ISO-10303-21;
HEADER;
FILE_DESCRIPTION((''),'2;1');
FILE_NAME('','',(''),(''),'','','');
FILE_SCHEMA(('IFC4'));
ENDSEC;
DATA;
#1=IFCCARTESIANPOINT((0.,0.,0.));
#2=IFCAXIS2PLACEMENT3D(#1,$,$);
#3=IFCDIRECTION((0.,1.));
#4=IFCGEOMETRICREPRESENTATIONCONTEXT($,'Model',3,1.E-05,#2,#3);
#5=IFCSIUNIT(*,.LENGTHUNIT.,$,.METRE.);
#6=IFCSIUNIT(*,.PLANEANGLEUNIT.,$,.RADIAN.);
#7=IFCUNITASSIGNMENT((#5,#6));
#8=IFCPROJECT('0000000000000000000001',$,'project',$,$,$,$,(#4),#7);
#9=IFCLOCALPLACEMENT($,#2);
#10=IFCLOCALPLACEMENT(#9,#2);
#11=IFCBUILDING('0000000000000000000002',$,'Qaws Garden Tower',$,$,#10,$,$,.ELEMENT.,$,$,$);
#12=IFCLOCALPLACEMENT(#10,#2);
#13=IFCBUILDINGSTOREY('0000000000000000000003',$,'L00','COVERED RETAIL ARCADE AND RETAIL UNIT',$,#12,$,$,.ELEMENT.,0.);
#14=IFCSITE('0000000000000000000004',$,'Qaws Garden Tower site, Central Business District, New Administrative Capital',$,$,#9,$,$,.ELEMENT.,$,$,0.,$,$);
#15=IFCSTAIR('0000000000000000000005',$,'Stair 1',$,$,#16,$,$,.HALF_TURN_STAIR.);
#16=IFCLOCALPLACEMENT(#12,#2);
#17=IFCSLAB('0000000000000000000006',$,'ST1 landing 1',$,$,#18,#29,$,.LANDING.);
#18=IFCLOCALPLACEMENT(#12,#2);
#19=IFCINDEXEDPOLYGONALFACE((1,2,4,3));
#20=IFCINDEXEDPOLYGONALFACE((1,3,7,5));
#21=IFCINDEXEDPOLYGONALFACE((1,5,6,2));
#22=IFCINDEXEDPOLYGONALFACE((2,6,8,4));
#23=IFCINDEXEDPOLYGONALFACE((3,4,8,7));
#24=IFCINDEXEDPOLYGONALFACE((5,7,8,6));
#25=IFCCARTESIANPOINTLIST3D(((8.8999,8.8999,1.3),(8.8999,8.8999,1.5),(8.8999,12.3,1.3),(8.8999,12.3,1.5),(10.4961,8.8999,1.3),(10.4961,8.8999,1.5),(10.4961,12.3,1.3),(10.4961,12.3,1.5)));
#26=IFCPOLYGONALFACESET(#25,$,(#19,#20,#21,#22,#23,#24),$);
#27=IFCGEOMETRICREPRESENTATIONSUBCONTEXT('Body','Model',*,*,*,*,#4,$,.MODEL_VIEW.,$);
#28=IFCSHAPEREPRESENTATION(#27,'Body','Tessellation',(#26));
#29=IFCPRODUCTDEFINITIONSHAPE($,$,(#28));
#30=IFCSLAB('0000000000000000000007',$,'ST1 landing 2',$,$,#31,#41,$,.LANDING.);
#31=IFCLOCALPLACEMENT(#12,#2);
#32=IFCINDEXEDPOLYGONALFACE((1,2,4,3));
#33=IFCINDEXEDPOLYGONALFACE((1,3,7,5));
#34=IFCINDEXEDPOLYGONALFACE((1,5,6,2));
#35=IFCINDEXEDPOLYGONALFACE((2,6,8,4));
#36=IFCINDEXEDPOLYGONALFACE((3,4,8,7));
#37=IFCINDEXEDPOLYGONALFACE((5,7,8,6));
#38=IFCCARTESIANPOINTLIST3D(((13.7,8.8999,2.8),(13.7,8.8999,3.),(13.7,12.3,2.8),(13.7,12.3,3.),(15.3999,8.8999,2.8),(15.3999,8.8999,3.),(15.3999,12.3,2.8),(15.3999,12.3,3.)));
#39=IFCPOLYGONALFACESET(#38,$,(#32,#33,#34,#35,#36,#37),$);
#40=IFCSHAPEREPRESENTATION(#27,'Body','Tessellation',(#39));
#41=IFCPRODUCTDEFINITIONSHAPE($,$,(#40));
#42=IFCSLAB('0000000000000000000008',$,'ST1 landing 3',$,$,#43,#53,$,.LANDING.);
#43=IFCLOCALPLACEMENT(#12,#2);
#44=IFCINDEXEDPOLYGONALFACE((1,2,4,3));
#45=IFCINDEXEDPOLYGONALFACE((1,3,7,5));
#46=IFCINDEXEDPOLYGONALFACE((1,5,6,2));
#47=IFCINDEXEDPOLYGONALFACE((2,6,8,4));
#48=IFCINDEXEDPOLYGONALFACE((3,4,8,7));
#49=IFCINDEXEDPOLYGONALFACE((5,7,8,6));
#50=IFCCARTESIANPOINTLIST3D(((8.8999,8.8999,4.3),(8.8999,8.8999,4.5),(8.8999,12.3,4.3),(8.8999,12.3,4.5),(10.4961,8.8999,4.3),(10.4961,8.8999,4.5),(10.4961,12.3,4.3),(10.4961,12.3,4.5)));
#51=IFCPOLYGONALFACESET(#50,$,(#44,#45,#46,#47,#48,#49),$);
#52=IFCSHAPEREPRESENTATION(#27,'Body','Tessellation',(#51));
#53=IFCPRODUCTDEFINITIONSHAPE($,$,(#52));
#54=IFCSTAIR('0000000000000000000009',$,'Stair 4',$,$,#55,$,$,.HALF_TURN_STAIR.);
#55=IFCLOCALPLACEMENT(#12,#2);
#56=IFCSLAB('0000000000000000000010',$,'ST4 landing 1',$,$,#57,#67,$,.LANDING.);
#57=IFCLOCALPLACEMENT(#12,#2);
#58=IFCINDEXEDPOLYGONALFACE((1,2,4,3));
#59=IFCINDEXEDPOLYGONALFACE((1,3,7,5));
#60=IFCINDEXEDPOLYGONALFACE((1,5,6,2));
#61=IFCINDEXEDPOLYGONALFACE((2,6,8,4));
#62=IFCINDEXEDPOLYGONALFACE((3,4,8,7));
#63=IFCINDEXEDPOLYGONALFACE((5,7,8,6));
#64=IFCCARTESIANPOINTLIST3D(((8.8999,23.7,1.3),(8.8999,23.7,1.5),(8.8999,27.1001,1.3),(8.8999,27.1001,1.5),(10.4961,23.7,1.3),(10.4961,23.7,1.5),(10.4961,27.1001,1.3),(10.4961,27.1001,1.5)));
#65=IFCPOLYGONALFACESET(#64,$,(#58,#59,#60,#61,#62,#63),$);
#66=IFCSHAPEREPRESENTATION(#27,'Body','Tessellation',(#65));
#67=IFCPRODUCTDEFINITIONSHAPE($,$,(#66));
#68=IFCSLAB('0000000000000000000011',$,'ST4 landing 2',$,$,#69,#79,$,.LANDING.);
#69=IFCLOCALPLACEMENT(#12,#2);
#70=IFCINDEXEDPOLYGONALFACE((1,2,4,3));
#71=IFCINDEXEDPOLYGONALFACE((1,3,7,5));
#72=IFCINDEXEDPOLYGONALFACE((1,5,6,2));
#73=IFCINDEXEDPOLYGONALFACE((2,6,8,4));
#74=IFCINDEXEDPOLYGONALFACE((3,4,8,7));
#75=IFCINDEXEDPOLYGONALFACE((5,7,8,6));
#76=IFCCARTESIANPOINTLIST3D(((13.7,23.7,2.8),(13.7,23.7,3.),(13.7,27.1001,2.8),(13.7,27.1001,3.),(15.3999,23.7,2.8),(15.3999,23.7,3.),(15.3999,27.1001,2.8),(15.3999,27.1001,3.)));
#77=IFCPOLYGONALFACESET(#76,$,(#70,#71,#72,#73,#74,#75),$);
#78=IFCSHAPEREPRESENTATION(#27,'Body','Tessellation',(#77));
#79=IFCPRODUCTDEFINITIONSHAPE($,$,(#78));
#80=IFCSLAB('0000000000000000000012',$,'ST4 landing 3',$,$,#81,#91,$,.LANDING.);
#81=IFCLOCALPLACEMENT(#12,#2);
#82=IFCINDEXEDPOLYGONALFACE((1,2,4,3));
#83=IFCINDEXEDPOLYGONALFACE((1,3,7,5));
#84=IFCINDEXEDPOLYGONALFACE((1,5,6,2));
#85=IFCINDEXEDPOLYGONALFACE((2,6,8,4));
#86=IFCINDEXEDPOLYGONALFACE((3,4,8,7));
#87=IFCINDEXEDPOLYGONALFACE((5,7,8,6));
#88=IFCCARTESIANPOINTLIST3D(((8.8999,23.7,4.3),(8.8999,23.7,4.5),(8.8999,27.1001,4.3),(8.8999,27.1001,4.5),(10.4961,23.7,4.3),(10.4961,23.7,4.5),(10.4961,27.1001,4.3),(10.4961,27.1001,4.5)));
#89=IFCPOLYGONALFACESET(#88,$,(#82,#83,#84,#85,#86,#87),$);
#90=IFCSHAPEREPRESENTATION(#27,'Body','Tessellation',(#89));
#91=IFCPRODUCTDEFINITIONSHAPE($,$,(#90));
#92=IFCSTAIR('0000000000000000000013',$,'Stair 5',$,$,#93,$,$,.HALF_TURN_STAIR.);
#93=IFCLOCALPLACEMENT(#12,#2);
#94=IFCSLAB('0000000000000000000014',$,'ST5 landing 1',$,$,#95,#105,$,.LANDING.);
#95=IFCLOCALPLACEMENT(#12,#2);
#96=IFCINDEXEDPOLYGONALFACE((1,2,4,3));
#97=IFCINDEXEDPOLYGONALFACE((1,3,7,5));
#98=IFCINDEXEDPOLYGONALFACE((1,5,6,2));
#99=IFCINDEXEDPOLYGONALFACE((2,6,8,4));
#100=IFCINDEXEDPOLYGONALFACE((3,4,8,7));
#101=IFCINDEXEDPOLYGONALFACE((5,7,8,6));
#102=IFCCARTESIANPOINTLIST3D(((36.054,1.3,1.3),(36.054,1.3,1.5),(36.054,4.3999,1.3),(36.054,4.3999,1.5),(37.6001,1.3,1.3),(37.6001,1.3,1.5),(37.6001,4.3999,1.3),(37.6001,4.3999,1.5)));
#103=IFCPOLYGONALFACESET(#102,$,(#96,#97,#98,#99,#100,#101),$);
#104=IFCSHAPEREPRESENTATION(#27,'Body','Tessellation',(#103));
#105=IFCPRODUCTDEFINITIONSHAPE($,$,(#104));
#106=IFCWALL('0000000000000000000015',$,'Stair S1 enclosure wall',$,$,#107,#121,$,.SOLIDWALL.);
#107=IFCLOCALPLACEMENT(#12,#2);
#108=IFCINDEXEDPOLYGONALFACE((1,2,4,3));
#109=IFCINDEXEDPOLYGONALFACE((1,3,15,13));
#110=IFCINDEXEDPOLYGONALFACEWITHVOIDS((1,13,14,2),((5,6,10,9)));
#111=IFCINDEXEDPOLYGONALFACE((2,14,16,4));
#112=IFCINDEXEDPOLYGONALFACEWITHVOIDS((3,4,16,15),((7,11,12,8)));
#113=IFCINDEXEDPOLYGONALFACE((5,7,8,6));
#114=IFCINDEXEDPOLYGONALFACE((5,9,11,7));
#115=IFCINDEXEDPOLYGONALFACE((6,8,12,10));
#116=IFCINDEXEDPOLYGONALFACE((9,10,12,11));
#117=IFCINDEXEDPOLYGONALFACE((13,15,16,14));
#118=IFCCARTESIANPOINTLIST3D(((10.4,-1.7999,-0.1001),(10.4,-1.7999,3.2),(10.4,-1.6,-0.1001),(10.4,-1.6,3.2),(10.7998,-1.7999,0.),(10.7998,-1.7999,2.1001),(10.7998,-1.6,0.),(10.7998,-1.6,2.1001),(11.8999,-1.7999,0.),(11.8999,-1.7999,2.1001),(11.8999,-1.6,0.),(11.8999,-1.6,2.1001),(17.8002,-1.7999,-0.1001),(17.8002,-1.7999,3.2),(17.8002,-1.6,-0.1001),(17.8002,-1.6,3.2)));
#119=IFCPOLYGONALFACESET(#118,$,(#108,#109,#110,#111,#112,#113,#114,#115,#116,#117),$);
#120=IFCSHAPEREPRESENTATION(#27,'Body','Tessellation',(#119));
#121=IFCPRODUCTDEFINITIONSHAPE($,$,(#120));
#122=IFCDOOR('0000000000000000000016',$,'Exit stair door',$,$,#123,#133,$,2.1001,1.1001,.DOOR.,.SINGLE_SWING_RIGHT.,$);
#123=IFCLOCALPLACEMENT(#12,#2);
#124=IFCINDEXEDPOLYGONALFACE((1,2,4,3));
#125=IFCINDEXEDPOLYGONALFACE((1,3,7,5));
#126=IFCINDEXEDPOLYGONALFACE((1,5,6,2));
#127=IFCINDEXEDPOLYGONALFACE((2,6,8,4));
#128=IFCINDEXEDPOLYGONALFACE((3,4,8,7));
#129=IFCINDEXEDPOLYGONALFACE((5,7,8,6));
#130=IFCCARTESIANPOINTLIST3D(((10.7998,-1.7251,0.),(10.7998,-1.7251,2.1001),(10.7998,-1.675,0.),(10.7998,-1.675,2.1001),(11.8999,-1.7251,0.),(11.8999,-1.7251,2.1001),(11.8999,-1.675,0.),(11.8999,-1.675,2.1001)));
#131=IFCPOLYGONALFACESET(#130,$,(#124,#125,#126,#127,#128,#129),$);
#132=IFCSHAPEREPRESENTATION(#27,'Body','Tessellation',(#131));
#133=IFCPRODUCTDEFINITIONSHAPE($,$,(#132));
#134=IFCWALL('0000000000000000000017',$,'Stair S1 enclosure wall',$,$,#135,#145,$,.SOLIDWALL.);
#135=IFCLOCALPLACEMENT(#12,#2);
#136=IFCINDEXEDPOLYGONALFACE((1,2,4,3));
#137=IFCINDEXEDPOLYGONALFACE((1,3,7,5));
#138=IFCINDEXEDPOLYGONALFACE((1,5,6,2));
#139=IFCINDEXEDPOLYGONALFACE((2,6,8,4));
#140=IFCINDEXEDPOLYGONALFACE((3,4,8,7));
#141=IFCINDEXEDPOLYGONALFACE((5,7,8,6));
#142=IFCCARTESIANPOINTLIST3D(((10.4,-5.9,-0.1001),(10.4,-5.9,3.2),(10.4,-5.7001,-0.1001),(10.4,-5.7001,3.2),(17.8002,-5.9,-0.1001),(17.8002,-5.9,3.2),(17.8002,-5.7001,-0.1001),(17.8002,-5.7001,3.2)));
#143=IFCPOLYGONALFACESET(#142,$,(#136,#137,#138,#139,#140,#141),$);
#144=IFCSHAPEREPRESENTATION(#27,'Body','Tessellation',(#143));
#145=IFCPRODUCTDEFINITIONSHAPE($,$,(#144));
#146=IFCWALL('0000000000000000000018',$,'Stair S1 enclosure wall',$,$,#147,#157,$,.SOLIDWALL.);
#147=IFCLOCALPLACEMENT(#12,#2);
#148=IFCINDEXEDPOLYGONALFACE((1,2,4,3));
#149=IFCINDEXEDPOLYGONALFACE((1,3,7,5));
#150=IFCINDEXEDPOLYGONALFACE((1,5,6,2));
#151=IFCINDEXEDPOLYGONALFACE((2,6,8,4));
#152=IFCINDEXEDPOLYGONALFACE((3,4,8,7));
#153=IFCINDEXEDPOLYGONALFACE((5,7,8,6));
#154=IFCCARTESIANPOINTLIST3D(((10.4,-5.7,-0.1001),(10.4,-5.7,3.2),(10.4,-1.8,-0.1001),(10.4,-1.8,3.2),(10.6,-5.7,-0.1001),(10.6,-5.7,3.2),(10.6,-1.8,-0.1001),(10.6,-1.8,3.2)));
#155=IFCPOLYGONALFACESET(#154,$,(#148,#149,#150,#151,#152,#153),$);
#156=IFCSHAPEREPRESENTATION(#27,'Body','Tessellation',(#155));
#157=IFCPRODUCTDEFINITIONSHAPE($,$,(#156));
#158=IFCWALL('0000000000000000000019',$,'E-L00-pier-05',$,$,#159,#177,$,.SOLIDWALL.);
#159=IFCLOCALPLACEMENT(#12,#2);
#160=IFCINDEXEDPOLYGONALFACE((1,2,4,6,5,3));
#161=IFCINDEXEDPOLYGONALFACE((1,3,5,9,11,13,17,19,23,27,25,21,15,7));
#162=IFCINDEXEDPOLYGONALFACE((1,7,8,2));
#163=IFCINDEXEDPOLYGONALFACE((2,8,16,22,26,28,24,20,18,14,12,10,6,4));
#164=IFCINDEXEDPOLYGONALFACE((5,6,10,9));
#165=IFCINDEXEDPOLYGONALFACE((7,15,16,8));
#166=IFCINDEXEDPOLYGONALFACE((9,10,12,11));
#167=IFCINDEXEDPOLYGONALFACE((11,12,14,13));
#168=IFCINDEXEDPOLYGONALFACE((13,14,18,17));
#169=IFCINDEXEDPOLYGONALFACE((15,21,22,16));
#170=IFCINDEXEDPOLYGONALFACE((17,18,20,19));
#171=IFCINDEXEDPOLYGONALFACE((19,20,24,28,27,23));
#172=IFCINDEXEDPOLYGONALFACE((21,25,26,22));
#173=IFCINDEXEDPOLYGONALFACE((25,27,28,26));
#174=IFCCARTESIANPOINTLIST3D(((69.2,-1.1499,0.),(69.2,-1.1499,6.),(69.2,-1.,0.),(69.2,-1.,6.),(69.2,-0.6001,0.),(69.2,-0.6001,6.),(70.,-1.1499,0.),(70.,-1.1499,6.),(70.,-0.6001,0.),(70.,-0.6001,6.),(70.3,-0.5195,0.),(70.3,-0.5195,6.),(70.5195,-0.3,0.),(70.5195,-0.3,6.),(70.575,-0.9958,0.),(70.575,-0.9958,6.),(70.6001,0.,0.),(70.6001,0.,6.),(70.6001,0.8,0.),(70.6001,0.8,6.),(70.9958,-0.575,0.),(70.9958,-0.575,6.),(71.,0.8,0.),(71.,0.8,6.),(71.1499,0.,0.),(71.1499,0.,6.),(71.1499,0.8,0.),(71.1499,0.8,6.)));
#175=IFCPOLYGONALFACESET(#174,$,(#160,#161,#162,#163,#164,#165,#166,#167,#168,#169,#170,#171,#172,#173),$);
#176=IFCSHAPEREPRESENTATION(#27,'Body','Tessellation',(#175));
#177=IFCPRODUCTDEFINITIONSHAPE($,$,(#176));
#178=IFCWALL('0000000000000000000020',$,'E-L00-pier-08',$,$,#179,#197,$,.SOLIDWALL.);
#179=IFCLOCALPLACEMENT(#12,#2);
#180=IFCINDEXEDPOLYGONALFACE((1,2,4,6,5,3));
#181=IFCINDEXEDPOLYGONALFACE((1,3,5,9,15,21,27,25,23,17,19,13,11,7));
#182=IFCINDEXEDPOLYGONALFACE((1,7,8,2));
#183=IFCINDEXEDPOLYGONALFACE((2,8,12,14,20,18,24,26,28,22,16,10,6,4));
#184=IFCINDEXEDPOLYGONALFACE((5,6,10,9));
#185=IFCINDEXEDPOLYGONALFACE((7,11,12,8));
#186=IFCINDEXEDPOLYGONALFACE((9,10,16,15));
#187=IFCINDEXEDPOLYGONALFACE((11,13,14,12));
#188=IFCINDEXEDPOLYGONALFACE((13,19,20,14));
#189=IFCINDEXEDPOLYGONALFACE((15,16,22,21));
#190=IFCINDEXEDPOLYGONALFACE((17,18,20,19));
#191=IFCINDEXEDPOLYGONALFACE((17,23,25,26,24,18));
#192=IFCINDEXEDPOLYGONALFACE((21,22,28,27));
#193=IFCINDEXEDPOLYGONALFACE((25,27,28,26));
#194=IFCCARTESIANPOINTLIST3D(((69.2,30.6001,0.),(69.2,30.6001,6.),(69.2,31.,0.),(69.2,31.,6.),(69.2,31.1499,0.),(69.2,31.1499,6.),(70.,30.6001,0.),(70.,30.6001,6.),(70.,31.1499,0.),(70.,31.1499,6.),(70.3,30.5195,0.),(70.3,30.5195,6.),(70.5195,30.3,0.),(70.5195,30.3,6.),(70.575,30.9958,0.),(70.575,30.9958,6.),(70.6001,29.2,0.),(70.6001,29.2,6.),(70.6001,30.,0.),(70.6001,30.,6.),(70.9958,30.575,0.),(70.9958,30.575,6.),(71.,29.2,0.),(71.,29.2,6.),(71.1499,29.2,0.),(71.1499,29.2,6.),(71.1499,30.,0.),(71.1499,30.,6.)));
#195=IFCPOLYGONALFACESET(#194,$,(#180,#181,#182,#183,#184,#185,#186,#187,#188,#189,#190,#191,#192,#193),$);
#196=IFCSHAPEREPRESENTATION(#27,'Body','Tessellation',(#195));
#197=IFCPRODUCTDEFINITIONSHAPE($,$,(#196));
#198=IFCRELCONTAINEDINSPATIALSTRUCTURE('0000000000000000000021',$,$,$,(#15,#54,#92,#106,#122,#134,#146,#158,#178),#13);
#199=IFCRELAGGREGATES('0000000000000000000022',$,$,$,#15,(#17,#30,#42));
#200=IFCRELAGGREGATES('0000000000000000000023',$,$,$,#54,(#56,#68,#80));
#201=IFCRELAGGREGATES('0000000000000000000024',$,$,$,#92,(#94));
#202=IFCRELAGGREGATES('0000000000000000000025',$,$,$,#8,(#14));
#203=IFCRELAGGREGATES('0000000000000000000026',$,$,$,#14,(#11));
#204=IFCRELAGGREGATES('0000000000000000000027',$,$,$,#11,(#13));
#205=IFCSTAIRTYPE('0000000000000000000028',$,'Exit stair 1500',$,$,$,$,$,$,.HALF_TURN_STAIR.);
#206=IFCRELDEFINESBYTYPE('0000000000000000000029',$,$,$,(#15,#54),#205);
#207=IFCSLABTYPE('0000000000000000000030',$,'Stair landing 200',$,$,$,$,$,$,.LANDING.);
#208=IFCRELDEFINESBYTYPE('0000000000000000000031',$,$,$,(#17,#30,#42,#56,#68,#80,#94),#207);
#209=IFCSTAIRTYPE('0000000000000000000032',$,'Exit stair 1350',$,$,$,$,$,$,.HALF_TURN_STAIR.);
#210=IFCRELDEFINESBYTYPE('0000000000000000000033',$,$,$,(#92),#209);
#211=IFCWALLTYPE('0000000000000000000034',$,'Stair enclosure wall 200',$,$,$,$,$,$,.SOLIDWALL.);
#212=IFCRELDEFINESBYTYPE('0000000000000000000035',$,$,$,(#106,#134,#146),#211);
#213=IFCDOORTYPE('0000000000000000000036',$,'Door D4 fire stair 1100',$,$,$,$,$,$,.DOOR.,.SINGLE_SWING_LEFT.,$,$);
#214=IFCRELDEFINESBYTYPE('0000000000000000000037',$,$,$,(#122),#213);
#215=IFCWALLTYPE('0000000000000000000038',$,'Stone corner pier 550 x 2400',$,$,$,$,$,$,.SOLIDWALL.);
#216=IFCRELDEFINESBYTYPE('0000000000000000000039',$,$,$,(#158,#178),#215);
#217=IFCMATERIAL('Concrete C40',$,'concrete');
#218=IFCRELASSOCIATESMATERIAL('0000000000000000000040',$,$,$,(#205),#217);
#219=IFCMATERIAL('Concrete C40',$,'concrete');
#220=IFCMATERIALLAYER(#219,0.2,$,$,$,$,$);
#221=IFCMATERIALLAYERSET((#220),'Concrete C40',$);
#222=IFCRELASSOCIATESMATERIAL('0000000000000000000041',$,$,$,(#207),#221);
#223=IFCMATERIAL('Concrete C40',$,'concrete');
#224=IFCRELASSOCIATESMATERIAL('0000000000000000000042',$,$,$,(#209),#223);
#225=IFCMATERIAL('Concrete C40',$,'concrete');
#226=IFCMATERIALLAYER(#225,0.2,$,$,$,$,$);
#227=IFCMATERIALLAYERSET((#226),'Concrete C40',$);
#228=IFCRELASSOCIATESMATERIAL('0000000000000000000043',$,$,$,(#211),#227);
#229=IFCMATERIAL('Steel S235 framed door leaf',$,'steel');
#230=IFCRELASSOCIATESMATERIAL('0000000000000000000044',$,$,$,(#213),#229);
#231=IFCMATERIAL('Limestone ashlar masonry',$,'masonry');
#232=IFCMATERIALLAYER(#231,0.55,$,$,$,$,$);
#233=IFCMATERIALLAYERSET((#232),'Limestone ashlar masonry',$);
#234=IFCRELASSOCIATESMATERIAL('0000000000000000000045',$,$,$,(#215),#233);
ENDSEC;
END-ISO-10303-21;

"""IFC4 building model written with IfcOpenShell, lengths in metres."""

from ifc_helpers import new_model, si_unit, direction, frame, frame_2d, origin, place, context, subcontext, project, spatial, polyline, rectangle, outline, extrude, material, layer, layer_set, type_object, element, fill, aggregate, save


model = new_model("IFC4")

# Units and contexts
model_context = context("Model", 3, precision=1e-05, world=origin(), true_north=direction((0.0, 1.0)))
body_context = subcontext(model_context, "Body", "Model", "MODEL_VIEW")
ifc_project = project(units=[si_unit("LENGTHUNIT", "METRE"), si_unit("PLANEANGLEUNIT", "RADIAN")], contexts=[model_context])

# Site, building, storey
site_placement = place(None, origin())
site = spatial("IfcSite", under=ifc_project, at=site_placement, Name="Qaws Garden Tower site, Central Business District, New Administrative Capital", CompositionType="ELEMENT", RefElevation=0.0)
building_placement = place(site_placement, origin())
building = spatial("IfcBuilding", under=site, at=building_placement, Name="Qaws Garden Tower", CompositionType="ELEMENT")
storey_placement = place(building_placement, origin())
storey = spatial("IfcBuildingStorey", under=building, at=storey_placement, Name="L00", Description="COVERED RETAIL ARCADE AND RETAIL UNIT", CompositionType="ELEMENT", Elevation=0.0)

# Stairs, slabs
ifc_material_1 = material(Name="Concrete C40", Category="concrete")
stair_type_1 = type_object("IfcStairType", Name="Exit stair 1500", PredefinedType="HALF_TURN_STAIR", material=ifc_material_1)
placement_1 = place(storey_placement, origin())
stair_1 = element("IfcStair", 1, at=placement_1, inside=storey, type_object=stair_type_1, Name="Stair 1", PredefinedType="HALF_TURN_STAIR")
ifc_material_2 = material(Name="Concrete C40", Category="concrete")
ifc_layer_1 = layer(ifc_material_2, 0.2)
ifc_layer_set_1 = layer_set([ifc_layer_1], Name="Concrete C40")
slab_type = type_object("IfcSlabType", Name="Stair landing 200", PredefinedType="LANDING", material=ifc_layer_set_1)
placement_2 = place(storey_placement, frame((0.0, 0.0, 1.3)))
slab_1 = element("IfcSlab", 2, at=placement_2, type_object=slab_type, Name="ST1 landing 1", PredefinedType="LANDING", context=body_context, shape_type="SweptSolid", body=[
    extrude(outline(polyline([(8.8999, 8.8999), (10.4961, 8.8999), (10.4961, 12.3), (8.8999, 12.3), (8.8999, 8.8999)])), origin(), (0.0, 0.0, 1.0), 0.2),
])
placement_3 = place(storey_placement, frame((0.0, 0.0, 2.8)))
slab_2 = element("IfcSlab", 3, at=placement_3, type_object=slab_type, Name="ST1 landing 2", PredefinedType="LANDING", context=body_context, shape_type="SweptSolid", body=[
    extrude(outline(polyline([(13.7, 8.8999), (15.3999, 8.8999), (15.3999, 12.3), (13.7, 12.3), (13.7, 8.8999)])), origin(), (0.0, 0.0, 1.0), 0.2),
])
placement_4 = place(storey_placement, frame((0.0, 0.0, 4.3)))
slab_3 = element("IfcSlab", 4, at=placement_4, type_object=slab_type, Name="ST1 landing 3", PredefinedType="LANDING", context=body_context, shape_type="SweptSolid", body=[
    extrude(outline(polyline([(8.8999, 8.8999), (10.4961, 8.8999), (10.4961, 12.3), (8.8999, 12.3), (8.8999, 8.8999)])), origin(), (0.0, 0.0, 1.0), 0.2),
])
aggregate(stair_1, [slab_1, slab_2, slab_3])
stair_2 = element("IfcStair", 5, at=placement_1, inside=storey, type_object=stair_type_1, Name="Stair 4", PredefinedType="HALF_TURN_STAIR")
slab_4 = element("IfcSlab", 6, at=placement_2, type_object=slab_type, Name="ST4 landing 1", PredefinedType="LANDING", context=body_context, shape_type="SweptSolid", body=[
    extrude(outline(polyline([(8.8999, 23.7), (10.4961, 23.7), (10.4961, 27.1001), (8.8999, 27.1001), (8.8999, 23.7)])), origin(), (0.0, 0.0, 1.0), 0.2),
])
slab_5 = element("IfcSlab", 7, at=placement_3, type_object=slab_type, Name="ST4 landing 2", PredefinedType="LANDING", context=body_context, shape_type="SweptSolid", body=[
    extrude(outline(polyline([(13.7, 23.7), (15.3999, 23.7), (15.3999, 27.1001), (13.7, 27.1001), (13.7, 23.7)])), origin(), (0.0, 0.0, 1.0), 0.2),
])
slab_6 = element("IfcSlab", 8, at=placement_4, type_object=slab_type, Name="ST4 landing 3", PredefinedType="LANDING", context=body_context, shape_type="SweptSolid", body=[
    extrude(outline(polyline([(8.8999, 23.7), (10.4961, 23.7), (10.4961, 27.1001), (8.8999, 27.1001), (8.8999, 23.7)])), origin(), (0.0, 0.0, 1.0), 0.2),
])
aggregate(stair_2, [slab_4, slab_5, slab_6])

# Stair, slab
ifc_material_3 = material(Name="Concrete C40", Category="concrete")
stair_type_2 = type_object("IfcStairType", Name="Exit stair 1350", PredefinedType="HALF_TURN_STAIR", material=ifc_material_3)
stair_3 = element("IfcStair", 9, at=placement_1, inside=storey, type_object=stair_type_2, Name="Stair 5", PredefinedType="HALF_TURN_STAIR")
slab_7 = element("IfcSlab", 10, at=placement_2, type_object=slab_type, Name="ST5 landing 1", PredefinedType="LANDING", context=body_context, shape_type="SweptSolid", body=[
    extrude(outline(polyline([(36.054, 1.3), (37.6001, 1.3), (37.6001, 4.3999), (36.054, 4.3999), (36.054, 1.3)])), origin(), (0.0, 0.0, 1.0), 0.2),
])
aggregate(stair_3, [slab_7])

# Wall, opening, door
ifc_material_4 = material(Name="Concrete C40", Category="concrete")
ifc_layer_2 = layer(ifc_material_4, 0.2)
ifc_layer_set_2 = layer_set([ifc_layer_2], Name="Concrete C40")
wall_type_1 = type_object("IfcWallType", Name="Stair enclosure wall 200", PredefinedType="SOLIDWALL", material=ifc_layer_set_2)
wall_1_placement = place(storey_placement, frame((10.3999, -1.7, -0.1001), z_axis=(0.0, 0.0, 1.0), x_axis=(1.0, 0.0, 0.0)))
wall_1 = element("IfcWall", 11, at=wall_1_placement, inside=storey, type_object=wall_type_1, Name="Stair S1 enclosure wall", PredefinedType="SOLIDWALL", context=body_context, shape_type="SweptSolid", body=[
    extrude(rectangle(XDim=7.4001, YDim=0.2, at=frame_2d((3.7002, 0.0))), origin(), (0.0, 0.0, 1.0), 3.3),
])
opening_placement = place(wall_1_placement, frame((0.3999, 0.0, 0.1001)))
opening = element("IfcOpeningElement", 12, at=opening_placement, cuts=wall_1, PredefinedType="OPENING", context=body_context, shape_type="SweptSolid", body=[
    extrude(rectangle(XDim=1.1001, YDim=2.1001, at=frame_2d((0.55, 1.05))), frame((0.0, 0.1099, 0.0), z_axis=(0.0, -1.0, 0.0), x_axis=(1.0, 0.0, 0.0)), (0.0, 0.0, 1.0), 0.22),
])
ifc_material_5 = material(Name="Steel S235 framed door leaf", Category="steel")
door_type = type_object("IfcDoorType", Name="Door D4 fire stair 1100", OperationType="SINGLE_SWING_LEFT", PredefinedType="DOOR", material=ifc_material_5)
door_placement = place(opening_placement, origin())
door = element("IfcDoor", 13, at=door_placement, inside=storey, type_object=door_type, Name="Exit stair door", OperationType="SINGLE_SWING_RIGHT", OverallHeight=2.1001, OverallWidth=1.1001, PredefinedType="DOOR", context=body_context, shape_type="SweptSolid", body=[
    extrude(rectangle(XDim=1.1001, YDim=2.1001, at=frame_2d((0.55, 1.05))), frame((0.0, 0.0249, 0.0), z_axis=(0.0, -1.0, 0.0), x_axis=(1.0, 0.0, 0.0)), (0.0, 0.0, 1.0), 0.05),
])
fill(opening, door)

# Walls
wall_2_placement = place(storey_placement, frame((10.3999, -5.8, -0.1001), z_axis=(0.0, 0.0, 1.0), x_axis=(1.0, 0.0, 0.0)))
element("IfcWall", 14, at=wall_2_placement, inside=storey, type_object=wall_type_1, Name="Stair S1 enclosure wall", PredefinedType="SOLIDWALL", context=body_context, shape_type="SweptSolid", body=[
    extrude(rectangle(XDim=7.4001, YDim=0.2, at=frame_2d((3.7002, 0.0))), origin(), (0.0, 0.0, 1.0), 3.3),
])
wall_3_placement = place(storey_placement, frame((10.5, -1.8, -0.1001), z_axis=(0.0, 0.0, 1.0), x_axis=(0.0, -1.0, 0.0)))
element("IfcWall", 15, at=wall_3_placement, inside=storey, type_object=wall_type_1, Name="Stair S1 enclosure wall", PredefinedType="SOLIDWALL", context=body_context, shape_type="SweptSolid", body=[
    extrude(rectangle(XDim=3.8999, YDim=0.2, at=frame_2d((1.95, 0.0))), origin(), (0.0, 0.0, 1.0), 3.3),
])
ifc_material_6 = material(Name="Limestone ashlar masonry", Category="masonry")
ifc_layer_3 = layer(ifc_material_6, 0.55)
ifc_layer_set_3 = layer_set([ifc_layer_3], Name="Limestone ashlar masonry")
wall_type_2 = type_object("IfcWallType", Name="Stone corner pier 550 x 2400", PredefinedType="SOLIDWALL", material=ifc_layer_set_3)
element("IfcWall", 16, at=placement_1, inside=storey, type_object=wall_type_2, Name="E-L00-pier-05", PredefinedType="SOLIDWALL", context=body_context, shape_type="SweptSolid", body=[
    extrude(outline(polyline([(69.2, -1.0), (69.2, -1.1499), (70.0, -1.1499), (70.575, -0.9958), (70.9958, -0.575), (71.1499, 0.0), (71.1499, 0.8), (71.0, 0.8), (70.6001, 0.8), (70.6001, 0.0), (70.5195, -0.3), (70.3, -0.5195), (70.0, -0.6001), (69.2, -0.6001), (69.2, -1.0)])), origin(), (0.0, 0.0, 1.0), 6.0),
])
element("IfcWall", 17, at=placement_1, inside=storey, type_object=wall_type_2, Name="E-L00-pier-08", PredefinedType="SOLIDWALL", context=body_context, shape_type="SweptSolid", body=[
    extrude(outline(polyline([(71.0, 29.2), (71.1499, 29.2), (71.1499, 30.0), (70.9958, 30.575), (70.575, 30.9958), (70.0, 31.1499), (69.2, 31.1499), (69.2, 31.0), (69.2, 30.6001), (70.0, 30.6001), (70.3, 30.5195), (70.5195, 30.3), (70.6001, 30.0), (70.6001, 29.2), (71.0, 29.2)])), origin(), (0.0, 0.0, 1.0), 6.0),
])

save(model, "model.ifc")
